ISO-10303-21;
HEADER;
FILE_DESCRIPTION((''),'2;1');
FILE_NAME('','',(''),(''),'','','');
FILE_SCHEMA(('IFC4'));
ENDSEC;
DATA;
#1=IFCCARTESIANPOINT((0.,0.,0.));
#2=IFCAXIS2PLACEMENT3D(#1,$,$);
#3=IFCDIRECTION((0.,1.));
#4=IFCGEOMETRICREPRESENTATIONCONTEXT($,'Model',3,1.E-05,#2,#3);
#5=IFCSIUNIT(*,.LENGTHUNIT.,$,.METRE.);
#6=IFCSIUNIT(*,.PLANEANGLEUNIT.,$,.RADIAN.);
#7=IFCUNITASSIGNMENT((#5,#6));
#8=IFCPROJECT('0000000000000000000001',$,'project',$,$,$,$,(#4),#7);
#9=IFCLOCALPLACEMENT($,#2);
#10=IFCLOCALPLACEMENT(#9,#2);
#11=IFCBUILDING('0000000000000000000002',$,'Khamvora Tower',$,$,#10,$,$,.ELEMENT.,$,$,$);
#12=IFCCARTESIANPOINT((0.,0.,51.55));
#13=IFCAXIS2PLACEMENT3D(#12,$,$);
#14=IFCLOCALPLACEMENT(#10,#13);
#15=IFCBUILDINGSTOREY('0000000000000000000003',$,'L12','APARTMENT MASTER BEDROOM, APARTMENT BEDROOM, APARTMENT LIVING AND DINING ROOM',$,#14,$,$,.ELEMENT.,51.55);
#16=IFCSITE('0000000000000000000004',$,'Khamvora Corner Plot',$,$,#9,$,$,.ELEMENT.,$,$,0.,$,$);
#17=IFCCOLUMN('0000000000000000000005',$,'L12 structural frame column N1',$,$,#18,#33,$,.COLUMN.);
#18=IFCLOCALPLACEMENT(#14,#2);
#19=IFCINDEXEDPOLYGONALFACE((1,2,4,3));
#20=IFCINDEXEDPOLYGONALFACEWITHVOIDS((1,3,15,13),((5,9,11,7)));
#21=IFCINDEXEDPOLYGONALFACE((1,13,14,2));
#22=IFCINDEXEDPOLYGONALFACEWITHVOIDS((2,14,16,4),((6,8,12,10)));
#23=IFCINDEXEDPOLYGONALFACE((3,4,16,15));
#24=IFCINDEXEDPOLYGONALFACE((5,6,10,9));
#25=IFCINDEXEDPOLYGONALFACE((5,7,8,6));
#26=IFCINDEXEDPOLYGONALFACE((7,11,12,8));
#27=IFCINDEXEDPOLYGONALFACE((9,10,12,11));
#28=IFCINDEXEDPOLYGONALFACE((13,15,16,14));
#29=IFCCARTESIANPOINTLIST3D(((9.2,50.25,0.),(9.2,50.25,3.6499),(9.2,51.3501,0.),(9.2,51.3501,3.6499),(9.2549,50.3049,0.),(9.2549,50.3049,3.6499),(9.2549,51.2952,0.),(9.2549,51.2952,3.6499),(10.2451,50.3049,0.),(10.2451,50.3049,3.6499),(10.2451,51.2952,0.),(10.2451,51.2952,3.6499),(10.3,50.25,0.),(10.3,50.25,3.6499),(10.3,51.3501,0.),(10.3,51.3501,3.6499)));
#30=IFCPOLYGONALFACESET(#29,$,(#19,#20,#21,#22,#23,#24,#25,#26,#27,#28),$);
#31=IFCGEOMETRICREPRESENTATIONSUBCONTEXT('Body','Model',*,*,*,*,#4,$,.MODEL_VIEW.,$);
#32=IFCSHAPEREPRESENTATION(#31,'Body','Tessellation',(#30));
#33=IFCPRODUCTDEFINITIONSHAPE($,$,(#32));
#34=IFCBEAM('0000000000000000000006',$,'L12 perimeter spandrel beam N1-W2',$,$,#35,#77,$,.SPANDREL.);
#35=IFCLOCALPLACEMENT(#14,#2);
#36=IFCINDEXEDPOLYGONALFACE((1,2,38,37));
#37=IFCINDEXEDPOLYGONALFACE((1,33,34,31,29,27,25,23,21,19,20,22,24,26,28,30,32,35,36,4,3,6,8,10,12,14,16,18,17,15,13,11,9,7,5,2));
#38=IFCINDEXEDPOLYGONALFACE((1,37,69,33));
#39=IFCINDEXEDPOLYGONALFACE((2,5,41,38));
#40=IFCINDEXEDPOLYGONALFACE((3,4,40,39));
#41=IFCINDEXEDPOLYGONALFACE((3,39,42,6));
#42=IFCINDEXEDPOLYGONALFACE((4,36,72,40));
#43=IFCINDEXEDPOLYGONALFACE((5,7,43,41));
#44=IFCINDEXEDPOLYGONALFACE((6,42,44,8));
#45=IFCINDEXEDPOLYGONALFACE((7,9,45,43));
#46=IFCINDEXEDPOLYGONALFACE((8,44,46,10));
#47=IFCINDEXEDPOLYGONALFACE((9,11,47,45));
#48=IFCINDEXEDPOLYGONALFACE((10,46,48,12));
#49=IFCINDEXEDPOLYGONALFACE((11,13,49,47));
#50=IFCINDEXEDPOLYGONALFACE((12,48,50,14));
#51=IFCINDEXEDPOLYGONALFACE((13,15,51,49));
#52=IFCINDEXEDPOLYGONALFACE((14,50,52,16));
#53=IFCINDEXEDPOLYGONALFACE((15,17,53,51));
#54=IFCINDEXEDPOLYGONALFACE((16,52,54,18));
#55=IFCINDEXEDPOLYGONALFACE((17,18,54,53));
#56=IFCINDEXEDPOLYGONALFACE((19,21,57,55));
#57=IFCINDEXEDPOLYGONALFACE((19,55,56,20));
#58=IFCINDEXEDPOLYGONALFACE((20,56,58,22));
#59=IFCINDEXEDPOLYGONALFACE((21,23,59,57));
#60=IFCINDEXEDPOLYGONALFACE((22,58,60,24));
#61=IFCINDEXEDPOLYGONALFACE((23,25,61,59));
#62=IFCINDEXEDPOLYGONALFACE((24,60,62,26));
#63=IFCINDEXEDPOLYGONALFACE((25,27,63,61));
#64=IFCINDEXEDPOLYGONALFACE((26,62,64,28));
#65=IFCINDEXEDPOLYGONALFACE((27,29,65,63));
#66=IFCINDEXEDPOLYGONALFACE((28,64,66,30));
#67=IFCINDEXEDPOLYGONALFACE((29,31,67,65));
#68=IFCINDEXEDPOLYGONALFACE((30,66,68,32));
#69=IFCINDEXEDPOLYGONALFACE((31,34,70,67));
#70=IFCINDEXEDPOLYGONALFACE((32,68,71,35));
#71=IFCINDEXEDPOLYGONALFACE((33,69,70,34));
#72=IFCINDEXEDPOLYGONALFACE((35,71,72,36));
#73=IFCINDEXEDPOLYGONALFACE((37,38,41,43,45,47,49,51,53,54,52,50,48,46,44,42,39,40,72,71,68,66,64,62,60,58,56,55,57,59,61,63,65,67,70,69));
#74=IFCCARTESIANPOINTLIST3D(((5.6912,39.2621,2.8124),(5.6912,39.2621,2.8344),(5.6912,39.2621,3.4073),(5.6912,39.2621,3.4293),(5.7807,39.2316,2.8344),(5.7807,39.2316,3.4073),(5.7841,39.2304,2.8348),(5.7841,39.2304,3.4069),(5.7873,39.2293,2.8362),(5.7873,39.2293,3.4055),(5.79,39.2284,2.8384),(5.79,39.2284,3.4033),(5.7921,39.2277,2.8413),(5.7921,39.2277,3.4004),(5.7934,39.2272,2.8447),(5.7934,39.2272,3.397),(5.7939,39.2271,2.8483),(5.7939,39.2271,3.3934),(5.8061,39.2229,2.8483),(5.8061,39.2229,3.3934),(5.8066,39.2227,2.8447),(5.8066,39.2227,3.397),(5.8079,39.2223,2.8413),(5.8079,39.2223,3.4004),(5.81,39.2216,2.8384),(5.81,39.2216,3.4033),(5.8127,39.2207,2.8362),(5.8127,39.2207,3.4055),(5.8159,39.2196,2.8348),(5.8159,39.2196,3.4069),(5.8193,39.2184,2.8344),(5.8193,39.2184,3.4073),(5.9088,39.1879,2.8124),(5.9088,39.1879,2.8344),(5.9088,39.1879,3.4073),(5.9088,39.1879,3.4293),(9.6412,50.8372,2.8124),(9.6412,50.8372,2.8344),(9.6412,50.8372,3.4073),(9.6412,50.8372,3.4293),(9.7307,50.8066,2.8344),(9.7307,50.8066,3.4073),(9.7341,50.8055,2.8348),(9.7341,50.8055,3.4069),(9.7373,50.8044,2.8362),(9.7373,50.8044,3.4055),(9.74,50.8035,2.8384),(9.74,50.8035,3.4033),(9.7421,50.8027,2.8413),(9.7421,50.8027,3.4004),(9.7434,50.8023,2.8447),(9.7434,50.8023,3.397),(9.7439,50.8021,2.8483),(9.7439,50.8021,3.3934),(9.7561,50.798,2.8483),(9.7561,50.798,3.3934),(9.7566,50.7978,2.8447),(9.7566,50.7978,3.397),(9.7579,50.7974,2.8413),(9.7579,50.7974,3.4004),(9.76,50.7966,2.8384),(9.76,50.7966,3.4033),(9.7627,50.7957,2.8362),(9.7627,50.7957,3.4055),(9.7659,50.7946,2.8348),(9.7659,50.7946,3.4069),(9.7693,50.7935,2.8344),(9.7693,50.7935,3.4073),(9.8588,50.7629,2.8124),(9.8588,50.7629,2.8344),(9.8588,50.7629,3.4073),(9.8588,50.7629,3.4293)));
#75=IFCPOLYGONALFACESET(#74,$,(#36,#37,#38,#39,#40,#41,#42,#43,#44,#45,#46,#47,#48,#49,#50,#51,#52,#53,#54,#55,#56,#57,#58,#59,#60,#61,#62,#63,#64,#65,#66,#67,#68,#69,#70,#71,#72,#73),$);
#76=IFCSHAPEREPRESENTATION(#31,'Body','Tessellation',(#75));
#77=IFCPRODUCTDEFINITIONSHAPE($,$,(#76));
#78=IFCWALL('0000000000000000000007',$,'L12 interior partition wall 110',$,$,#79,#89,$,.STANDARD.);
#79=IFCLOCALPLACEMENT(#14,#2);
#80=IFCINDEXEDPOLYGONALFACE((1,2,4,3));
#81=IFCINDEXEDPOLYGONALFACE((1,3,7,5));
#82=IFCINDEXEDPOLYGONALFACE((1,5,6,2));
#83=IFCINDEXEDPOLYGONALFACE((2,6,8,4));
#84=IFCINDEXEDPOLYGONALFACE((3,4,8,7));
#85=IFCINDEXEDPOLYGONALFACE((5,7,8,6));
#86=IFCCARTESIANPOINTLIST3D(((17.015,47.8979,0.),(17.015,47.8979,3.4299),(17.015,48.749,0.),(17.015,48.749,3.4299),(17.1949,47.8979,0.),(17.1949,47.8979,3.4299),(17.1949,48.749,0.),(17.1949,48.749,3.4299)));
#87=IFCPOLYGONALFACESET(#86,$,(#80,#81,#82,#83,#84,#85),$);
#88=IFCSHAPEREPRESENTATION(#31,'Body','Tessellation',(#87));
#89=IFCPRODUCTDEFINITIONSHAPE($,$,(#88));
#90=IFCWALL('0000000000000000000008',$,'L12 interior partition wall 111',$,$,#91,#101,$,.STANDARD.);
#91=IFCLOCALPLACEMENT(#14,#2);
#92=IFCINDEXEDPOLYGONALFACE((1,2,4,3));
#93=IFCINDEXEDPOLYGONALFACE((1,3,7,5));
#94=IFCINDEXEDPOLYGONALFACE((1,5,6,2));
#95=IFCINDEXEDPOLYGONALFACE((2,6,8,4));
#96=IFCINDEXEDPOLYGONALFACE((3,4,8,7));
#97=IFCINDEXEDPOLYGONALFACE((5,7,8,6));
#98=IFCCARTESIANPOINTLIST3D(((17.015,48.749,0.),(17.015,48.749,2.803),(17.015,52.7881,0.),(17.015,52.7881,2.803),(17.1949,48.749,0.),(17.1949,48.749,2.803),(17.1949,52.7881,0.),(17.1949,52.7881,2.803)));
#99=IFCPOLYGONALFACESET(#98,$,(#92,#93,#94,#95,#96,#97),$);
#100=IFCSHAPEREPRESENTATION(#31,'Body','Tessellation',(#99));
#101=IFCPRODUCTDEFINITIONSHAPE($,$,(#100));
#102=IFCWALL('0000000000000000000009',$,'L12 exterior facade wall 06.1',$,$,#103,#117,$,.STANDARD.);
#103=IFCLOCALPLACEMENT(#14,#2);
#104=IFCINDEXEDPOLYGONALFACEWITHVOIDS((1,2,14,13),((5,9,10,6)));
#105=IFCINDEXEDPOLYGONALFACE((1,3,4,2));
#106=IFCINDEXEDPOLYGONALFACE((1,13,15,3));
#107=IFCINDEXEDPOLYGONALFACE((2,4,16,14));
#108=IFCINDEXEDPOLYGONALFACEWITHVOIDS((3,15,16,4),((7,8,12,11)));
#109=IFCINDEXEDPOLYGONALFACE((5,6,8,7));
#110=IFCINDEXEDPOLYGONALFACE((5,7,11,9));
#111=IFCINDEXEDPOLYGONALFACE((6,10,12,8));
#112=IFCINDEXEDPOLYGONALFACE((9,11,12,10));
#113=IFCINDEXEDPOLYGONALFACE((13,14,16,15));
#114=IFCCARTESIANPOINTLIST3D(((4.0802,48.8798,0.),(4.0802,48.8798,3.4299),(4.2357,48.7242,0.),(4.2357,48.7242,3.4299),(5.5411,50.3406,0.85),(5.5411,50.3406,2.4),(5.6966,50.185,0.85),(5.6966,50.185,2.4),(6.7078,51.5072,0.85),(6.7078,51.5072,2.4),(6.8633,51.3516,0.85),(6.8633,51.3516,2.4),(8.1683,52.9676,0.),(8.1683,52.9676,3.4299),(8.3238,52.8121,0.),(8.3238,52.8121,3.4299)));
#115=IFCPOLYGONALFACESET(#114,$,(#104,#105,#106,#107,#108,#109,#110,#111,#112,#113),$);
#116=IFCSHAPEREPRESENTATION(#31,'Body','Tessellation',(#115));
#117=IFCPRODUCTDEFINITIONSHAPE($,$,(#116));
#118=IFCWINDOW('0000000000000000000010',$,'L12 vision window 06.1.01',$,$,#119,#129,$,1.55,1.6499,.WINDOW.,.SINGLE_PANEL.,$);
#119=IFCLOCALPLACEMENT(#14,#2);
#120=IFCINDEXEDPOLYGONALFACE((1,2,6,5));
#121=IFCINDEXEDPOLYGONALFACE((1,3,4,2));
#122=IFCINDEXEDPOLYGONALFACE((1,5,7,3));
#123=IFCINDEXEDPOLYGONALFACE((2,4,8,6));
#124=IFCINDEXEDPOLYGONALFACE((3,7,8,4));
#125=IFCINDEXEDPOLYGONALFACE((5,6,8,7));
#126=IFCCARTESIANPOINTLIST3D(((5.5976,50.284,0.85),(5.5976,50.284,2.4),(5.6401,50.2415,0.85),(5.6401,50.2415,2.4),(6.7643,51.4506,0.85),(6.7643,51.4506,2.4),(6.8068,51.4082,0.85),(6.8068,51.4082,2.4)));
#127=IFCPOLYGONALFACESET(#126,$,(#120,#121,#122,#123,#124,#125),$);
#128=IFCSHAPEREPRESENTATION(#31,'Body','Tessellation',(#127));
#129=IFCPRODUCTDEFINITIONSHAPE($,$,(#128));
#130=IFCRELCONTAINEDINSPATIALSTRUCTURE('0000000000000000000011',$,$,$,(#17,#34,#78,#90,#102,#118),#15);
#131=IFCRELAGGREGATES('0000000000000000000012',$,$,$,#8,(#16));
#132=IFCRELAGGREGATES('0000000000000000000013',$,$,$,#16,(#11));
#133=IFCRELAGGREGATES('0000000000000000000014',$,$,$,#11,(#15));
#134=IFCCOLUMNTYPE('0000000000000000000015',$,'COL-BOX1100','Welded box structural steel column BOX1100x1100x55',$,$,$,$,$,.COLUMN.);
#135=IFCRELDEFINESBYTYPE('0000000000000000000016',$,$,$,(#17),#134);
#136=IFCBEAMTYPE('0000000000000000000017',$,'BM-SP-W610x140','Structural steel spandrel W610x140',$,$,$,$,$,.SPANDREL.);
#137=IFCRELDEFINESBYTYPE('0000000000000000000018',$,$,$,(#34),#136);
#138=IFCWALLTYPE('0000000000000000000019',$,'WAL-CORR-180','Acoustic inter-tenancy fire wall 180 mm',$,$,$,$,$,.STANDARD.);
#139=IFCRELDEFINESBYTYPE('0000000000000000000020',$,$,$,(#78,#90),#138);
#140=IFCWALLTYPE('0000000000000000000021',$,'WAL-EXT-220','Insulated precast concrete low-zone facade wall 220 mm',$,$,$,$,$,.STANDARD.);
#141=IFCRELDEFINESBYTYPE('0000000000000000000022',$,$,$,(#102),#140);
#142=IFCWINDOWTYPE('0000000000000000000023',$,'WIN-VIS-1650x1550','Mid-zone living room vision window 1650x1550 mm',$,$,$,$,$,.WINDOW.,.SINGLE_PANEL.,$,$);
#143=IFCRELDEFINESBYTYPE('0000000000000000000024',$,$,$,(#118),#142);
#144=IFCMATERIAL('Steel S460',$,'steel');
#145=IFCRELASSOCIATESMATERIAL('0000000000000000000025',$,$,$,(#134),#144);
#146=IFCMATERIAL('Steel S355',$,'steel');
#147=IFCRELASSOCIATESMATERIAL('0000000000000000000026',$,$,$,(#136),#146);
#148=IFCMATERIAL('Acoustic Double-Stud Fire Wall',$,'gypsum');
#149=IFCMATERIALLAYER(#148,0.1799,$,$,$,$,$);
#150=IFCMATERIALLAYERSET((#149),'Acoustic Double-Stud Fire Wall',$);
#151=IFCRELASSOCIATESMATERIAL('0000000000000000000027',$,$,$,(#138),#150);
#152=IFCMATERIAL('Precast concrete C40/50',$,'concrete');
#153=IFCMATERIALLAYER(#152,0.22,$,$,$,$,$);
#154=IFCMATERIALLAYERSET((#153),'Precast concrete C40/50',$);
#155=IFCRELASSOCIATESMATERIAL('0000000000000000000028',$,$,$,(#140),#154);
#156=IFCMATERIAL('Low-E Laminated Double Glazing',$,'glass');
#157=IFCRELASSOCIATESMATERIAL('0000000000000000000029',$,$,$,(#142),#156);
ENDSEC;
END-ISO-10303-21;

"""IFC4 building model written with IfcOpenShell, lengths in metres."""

from ifc_helpers import new_model, si_unit, direction, frame, frame_2d, origin, origin_2d, place, context, subcontext, project, spatial, rectangle, hollow_rectangle, i_section, extrude, material, layer, layer_set, material_profile, profile_set, type_object, element, fill, save


model = new_model("IFC4")

# Units and contexts
model_context = context("Model", 3, precision=1e-05, world=origin(), true_north=direction((0.0, 1.0)))
body_context = subcontext(model_context, "Body", "Model", "MODEL_VIEW")
ifc_project = project(units=[si_unit("LENGTHUNIT", "METRE"), si_unit("PLANEANGLEUNIT", "RADIAN")], contexts=[model_context])

# Site, building, storey
site_placement = place(None, origin())
site = spatial("IfcSite", under=ifc_project, at=site_placement, Name="Khamvora Corner Plot", CompositionType="ELEMENT", RefElevation=0.0)
building_placement = place(site_placement, origin())
building = spatial("IfcBuilding", under=site, at=building_placement, Name="Khamvora Tower", CompositionType="ELEMENT")
storey_placement = place(building_placement, frame((0.0, 0.0, 51.55)))
storey = spatial("IfcBuildingStorey", under=building, at=storey_placement, Name="L12", Description="APARTMENT MASTER BEDROOM, APARTMENT BEDROOM, APARTMENT LIVING AND DINING ROOM", CompositionType="ELEMENT", Elevation=51.55)

# Column
ifc_material_1 = material(Name="Steel S460", Category="steel")
ifc_material_profile_1 = material_profile(ifc_material_1, hollow_rectangle(XDim=1.1001, YDim=1.1001, WallThickness=0.0549, at=origin_2d()), Name="BOX1100x1100x55")
ifc_profile_set_1 = profile_set([ifc_material_profile_1], Name="Steel S460")
column_type = type_object("IfcColumnType", Name="COL-BOX1100", Description="Welded box structural steel column BOX1100x1100x55", PredefinedType="COLUMN", material=ifc_profile_set_1)
column_placement = place(storey_placement, frame((9.75, 50.8, 0.0), z_axis=(0.0, 0.0, 1.0), x_axis=(1.0, 0.0, 0.0)))
element("IfcColumn", 1, at=column_placement, inside=storey, type_object=column_type, Name="L12 structural frame column N1", PredefinedType="COLUMN", context=body_context, shape_type="SweptSolid", body=[
    extrude(hollow_rectangle(XDim=1.1001, YDim=1.1001, WallThickness=0.0549, at=origin_2d()), origin(), (0.0, 0.0, 1.0), 3.6499),
])

# Beam
ifc_material_2 = material(Name="Steel S355", Category="steel")
ifc_material_profile_2 = material_profile(ifc_material_2, i_section(OverallWidth=0.23, OverallDepth=0.6169, WebThickness=0.0129, FlangeThickness=0.022, FilletRadius=0.0139, at=origin_2d()), Name="W610x140")
ifc_profile_set_2 = profile_set([ifc_material_profile_2], Name="Steel S355")
beam_type = type_object("IfcBeamType", Name="BM-SP-W610x140", Description="Structural steel spandrel W610x140", PredefinedType="SPANDREL", material=ifc_profile_set_2)
beam_placement = place(storey_placement, frame((9.75, 50.8, 3.1208), z_axis=(-0.322963, -0.946412, 0.0), x_axis=(0.946412, -0.322963, 0.0)))
element("IfcBeam", 2, at=beam_placement, inside=storey, type_object=beam_type, Name="L12 perimeter spandrel beam N1-W2", PredefinedType="SPANDREL", context=body_context, shape_type="SweptSolid", body=[
    extrude(i_section(OverallWidth=0.23, OverallDepth=0.6169, WebThickness=0.0129, FlangeThickness=0.022, FilletRadius=0.0139, at=origin_2d()), origin(), (0.0, 0.0, 1.0), 12.2305),
])

# Walls
ifc_material_3 = material(Name="Acoustic Double-Stud Fire Wall", Category="gypsum")
ifc_layer_1 = layer(ifc_material_3, 0.1799)
ifc_layer_set_1 = layer_set([ifc_layer_1], Name="Acoustic Double-Stud Fire Wall")
wall_type_1 = type_object("IfcWallType", Name="WAL-CORR-180", Description="Acoustic inter-tenancy fire wall 180 mm", PredefinedType="STANDARD", material=ifc_layer_set_1)
wall_1_placement = place(storey_placement, frame((17.105, 48.749, 0.0), z_axis=(0.0, 0.0, 1.0), x_axis=(0.0, -1.0, 0.0)))
element("IfcWall", 3, at=wall_1_placement, inside=storey, type_object=wall_type_1, Name="L12 interior partition wall 110", PredefinedType="STANDARD", context=body_context, shape_type="SweptSolid", body=[
    extrude(rectangle(XDim=0.8511, YDim=0.1799, at=frame_2d((0.4255, 0.0))), origin(), (0.0, 0.0, 1.0), 3.4299),
])
wall_2_placement = place(storey_placement, frame((17.105, 52.7881, 0.0), z_axis=(0.0, 0.0, 1.0), x_axis=(0.0, -1.0, 0.0)))
element("IfcWall", 4, at=wall_2_placement, inside=storey, type_object=wall_type_1, Name="L12 interior partition wall 111", PredefinedType="STANDARD", context=body_context, shape_type="SweptSolid", body=[
    extrude(rectangle(XDim=4.0391, YDim=0.1799, at=frame_2d((2.0195, 0.0))), origin(), (0.0, 0.0, 1.0), 2.803),
])

# Wall, opening, window
ifc_material_4 = material(Name="Precast concrete C40/50", Category="concrete")
ifc_layer_2 = layer(ifc_material_4, 0.22)
ifc_layer_set_2 = layer_set([ifc_layer_2], Name="Precast concrete C40/50")
wall_type_2 = type_object("IfcWallType", Name="WAL-EXT-220", Description="Insulated precast concrete low-zone facade wall 220 mm", PredefinedType="STANDARD", material=ifc_layer_set_2)
wall_3_placement = place(storey_placement, frame((4.158, 48.802, 0.0), z_axis=(0.0, 0.0, 1.0), x_axis=(0.707128, 0.707086, 0.0)))
wall_3 = element("IfcWall", 5, at=wall_3_placement, inside=storey, type_object=wall_type_2, Name="L12 exterior facade wall 06.1", PredefinedType="STANDARD", context=body_context, shape_type="SweptSolid", body=[
    extrude(rectangle(XDim=5.7812, YDim=0.22, at=frame_2d((2.8906, 0.0))), origin(), (0.0, 0.0, 1.0), 3.4299),
])
opening_1_placement = place(wall_3_placement, frame((2.0659, 0.0, 0.8501)))
opening_1 = element("IfcOpeningElement", 6, at=opening_1_placement, cuts=wall_3, PredefinedType="OPENING", context=body_context, shape_type="SweptSolid", body=[
    extrude(rectangle(XDim=1.6499, YDim=1.55, at=frame_2d((0.825, 0.7749))), frame((0.0, 0.1199, 0.0), z_axis=(0.0, -1.0, 0.0), x_axis=(1.0, 0.0, 0.0)), (0.0, 0.0, 1.0), 0.24),
])
ifc_material_5 = material(Name="Low-E Laminated Double Glazing", Category="glass")
window_type_1 = type_object("IfcWindowType", Name="WIN-VIS-1650x1550", Description="Mid-zone living room vision window 1650x1550 mm", PartitioningType="SINGLE_PANEL", PredefinedType="WINDOW", material=ifc_material_5)
window_1_placement = place(opening_1_placement, origin())
window_1 = element("IfcWindow", 7, at=window_1_placement, inside=storey, type_object=window_type_1, Name="L12 vision window 06.1.01", OverallHeight=1.55, OverallWidth=1.6499, PartitioningType="SINGLE_PANEL", PredefinedType="WINDOW", context=body_context, shape_type="SweptSolid", body=[
    extrude(rectangle(XDim=1.6499, YDim=1.55, at=frame_2d((0.825, 0.7749))), frame((0.0, 0.03, 0.0), z_axis=(0.0, -1.0, 0.0), x_axis=(1.0, 0.0, 0.0)), (0.0, 0.0, 1.0), 0.0601),
])
fill(opening_1, window_1)

save(model, "model.ifc")
